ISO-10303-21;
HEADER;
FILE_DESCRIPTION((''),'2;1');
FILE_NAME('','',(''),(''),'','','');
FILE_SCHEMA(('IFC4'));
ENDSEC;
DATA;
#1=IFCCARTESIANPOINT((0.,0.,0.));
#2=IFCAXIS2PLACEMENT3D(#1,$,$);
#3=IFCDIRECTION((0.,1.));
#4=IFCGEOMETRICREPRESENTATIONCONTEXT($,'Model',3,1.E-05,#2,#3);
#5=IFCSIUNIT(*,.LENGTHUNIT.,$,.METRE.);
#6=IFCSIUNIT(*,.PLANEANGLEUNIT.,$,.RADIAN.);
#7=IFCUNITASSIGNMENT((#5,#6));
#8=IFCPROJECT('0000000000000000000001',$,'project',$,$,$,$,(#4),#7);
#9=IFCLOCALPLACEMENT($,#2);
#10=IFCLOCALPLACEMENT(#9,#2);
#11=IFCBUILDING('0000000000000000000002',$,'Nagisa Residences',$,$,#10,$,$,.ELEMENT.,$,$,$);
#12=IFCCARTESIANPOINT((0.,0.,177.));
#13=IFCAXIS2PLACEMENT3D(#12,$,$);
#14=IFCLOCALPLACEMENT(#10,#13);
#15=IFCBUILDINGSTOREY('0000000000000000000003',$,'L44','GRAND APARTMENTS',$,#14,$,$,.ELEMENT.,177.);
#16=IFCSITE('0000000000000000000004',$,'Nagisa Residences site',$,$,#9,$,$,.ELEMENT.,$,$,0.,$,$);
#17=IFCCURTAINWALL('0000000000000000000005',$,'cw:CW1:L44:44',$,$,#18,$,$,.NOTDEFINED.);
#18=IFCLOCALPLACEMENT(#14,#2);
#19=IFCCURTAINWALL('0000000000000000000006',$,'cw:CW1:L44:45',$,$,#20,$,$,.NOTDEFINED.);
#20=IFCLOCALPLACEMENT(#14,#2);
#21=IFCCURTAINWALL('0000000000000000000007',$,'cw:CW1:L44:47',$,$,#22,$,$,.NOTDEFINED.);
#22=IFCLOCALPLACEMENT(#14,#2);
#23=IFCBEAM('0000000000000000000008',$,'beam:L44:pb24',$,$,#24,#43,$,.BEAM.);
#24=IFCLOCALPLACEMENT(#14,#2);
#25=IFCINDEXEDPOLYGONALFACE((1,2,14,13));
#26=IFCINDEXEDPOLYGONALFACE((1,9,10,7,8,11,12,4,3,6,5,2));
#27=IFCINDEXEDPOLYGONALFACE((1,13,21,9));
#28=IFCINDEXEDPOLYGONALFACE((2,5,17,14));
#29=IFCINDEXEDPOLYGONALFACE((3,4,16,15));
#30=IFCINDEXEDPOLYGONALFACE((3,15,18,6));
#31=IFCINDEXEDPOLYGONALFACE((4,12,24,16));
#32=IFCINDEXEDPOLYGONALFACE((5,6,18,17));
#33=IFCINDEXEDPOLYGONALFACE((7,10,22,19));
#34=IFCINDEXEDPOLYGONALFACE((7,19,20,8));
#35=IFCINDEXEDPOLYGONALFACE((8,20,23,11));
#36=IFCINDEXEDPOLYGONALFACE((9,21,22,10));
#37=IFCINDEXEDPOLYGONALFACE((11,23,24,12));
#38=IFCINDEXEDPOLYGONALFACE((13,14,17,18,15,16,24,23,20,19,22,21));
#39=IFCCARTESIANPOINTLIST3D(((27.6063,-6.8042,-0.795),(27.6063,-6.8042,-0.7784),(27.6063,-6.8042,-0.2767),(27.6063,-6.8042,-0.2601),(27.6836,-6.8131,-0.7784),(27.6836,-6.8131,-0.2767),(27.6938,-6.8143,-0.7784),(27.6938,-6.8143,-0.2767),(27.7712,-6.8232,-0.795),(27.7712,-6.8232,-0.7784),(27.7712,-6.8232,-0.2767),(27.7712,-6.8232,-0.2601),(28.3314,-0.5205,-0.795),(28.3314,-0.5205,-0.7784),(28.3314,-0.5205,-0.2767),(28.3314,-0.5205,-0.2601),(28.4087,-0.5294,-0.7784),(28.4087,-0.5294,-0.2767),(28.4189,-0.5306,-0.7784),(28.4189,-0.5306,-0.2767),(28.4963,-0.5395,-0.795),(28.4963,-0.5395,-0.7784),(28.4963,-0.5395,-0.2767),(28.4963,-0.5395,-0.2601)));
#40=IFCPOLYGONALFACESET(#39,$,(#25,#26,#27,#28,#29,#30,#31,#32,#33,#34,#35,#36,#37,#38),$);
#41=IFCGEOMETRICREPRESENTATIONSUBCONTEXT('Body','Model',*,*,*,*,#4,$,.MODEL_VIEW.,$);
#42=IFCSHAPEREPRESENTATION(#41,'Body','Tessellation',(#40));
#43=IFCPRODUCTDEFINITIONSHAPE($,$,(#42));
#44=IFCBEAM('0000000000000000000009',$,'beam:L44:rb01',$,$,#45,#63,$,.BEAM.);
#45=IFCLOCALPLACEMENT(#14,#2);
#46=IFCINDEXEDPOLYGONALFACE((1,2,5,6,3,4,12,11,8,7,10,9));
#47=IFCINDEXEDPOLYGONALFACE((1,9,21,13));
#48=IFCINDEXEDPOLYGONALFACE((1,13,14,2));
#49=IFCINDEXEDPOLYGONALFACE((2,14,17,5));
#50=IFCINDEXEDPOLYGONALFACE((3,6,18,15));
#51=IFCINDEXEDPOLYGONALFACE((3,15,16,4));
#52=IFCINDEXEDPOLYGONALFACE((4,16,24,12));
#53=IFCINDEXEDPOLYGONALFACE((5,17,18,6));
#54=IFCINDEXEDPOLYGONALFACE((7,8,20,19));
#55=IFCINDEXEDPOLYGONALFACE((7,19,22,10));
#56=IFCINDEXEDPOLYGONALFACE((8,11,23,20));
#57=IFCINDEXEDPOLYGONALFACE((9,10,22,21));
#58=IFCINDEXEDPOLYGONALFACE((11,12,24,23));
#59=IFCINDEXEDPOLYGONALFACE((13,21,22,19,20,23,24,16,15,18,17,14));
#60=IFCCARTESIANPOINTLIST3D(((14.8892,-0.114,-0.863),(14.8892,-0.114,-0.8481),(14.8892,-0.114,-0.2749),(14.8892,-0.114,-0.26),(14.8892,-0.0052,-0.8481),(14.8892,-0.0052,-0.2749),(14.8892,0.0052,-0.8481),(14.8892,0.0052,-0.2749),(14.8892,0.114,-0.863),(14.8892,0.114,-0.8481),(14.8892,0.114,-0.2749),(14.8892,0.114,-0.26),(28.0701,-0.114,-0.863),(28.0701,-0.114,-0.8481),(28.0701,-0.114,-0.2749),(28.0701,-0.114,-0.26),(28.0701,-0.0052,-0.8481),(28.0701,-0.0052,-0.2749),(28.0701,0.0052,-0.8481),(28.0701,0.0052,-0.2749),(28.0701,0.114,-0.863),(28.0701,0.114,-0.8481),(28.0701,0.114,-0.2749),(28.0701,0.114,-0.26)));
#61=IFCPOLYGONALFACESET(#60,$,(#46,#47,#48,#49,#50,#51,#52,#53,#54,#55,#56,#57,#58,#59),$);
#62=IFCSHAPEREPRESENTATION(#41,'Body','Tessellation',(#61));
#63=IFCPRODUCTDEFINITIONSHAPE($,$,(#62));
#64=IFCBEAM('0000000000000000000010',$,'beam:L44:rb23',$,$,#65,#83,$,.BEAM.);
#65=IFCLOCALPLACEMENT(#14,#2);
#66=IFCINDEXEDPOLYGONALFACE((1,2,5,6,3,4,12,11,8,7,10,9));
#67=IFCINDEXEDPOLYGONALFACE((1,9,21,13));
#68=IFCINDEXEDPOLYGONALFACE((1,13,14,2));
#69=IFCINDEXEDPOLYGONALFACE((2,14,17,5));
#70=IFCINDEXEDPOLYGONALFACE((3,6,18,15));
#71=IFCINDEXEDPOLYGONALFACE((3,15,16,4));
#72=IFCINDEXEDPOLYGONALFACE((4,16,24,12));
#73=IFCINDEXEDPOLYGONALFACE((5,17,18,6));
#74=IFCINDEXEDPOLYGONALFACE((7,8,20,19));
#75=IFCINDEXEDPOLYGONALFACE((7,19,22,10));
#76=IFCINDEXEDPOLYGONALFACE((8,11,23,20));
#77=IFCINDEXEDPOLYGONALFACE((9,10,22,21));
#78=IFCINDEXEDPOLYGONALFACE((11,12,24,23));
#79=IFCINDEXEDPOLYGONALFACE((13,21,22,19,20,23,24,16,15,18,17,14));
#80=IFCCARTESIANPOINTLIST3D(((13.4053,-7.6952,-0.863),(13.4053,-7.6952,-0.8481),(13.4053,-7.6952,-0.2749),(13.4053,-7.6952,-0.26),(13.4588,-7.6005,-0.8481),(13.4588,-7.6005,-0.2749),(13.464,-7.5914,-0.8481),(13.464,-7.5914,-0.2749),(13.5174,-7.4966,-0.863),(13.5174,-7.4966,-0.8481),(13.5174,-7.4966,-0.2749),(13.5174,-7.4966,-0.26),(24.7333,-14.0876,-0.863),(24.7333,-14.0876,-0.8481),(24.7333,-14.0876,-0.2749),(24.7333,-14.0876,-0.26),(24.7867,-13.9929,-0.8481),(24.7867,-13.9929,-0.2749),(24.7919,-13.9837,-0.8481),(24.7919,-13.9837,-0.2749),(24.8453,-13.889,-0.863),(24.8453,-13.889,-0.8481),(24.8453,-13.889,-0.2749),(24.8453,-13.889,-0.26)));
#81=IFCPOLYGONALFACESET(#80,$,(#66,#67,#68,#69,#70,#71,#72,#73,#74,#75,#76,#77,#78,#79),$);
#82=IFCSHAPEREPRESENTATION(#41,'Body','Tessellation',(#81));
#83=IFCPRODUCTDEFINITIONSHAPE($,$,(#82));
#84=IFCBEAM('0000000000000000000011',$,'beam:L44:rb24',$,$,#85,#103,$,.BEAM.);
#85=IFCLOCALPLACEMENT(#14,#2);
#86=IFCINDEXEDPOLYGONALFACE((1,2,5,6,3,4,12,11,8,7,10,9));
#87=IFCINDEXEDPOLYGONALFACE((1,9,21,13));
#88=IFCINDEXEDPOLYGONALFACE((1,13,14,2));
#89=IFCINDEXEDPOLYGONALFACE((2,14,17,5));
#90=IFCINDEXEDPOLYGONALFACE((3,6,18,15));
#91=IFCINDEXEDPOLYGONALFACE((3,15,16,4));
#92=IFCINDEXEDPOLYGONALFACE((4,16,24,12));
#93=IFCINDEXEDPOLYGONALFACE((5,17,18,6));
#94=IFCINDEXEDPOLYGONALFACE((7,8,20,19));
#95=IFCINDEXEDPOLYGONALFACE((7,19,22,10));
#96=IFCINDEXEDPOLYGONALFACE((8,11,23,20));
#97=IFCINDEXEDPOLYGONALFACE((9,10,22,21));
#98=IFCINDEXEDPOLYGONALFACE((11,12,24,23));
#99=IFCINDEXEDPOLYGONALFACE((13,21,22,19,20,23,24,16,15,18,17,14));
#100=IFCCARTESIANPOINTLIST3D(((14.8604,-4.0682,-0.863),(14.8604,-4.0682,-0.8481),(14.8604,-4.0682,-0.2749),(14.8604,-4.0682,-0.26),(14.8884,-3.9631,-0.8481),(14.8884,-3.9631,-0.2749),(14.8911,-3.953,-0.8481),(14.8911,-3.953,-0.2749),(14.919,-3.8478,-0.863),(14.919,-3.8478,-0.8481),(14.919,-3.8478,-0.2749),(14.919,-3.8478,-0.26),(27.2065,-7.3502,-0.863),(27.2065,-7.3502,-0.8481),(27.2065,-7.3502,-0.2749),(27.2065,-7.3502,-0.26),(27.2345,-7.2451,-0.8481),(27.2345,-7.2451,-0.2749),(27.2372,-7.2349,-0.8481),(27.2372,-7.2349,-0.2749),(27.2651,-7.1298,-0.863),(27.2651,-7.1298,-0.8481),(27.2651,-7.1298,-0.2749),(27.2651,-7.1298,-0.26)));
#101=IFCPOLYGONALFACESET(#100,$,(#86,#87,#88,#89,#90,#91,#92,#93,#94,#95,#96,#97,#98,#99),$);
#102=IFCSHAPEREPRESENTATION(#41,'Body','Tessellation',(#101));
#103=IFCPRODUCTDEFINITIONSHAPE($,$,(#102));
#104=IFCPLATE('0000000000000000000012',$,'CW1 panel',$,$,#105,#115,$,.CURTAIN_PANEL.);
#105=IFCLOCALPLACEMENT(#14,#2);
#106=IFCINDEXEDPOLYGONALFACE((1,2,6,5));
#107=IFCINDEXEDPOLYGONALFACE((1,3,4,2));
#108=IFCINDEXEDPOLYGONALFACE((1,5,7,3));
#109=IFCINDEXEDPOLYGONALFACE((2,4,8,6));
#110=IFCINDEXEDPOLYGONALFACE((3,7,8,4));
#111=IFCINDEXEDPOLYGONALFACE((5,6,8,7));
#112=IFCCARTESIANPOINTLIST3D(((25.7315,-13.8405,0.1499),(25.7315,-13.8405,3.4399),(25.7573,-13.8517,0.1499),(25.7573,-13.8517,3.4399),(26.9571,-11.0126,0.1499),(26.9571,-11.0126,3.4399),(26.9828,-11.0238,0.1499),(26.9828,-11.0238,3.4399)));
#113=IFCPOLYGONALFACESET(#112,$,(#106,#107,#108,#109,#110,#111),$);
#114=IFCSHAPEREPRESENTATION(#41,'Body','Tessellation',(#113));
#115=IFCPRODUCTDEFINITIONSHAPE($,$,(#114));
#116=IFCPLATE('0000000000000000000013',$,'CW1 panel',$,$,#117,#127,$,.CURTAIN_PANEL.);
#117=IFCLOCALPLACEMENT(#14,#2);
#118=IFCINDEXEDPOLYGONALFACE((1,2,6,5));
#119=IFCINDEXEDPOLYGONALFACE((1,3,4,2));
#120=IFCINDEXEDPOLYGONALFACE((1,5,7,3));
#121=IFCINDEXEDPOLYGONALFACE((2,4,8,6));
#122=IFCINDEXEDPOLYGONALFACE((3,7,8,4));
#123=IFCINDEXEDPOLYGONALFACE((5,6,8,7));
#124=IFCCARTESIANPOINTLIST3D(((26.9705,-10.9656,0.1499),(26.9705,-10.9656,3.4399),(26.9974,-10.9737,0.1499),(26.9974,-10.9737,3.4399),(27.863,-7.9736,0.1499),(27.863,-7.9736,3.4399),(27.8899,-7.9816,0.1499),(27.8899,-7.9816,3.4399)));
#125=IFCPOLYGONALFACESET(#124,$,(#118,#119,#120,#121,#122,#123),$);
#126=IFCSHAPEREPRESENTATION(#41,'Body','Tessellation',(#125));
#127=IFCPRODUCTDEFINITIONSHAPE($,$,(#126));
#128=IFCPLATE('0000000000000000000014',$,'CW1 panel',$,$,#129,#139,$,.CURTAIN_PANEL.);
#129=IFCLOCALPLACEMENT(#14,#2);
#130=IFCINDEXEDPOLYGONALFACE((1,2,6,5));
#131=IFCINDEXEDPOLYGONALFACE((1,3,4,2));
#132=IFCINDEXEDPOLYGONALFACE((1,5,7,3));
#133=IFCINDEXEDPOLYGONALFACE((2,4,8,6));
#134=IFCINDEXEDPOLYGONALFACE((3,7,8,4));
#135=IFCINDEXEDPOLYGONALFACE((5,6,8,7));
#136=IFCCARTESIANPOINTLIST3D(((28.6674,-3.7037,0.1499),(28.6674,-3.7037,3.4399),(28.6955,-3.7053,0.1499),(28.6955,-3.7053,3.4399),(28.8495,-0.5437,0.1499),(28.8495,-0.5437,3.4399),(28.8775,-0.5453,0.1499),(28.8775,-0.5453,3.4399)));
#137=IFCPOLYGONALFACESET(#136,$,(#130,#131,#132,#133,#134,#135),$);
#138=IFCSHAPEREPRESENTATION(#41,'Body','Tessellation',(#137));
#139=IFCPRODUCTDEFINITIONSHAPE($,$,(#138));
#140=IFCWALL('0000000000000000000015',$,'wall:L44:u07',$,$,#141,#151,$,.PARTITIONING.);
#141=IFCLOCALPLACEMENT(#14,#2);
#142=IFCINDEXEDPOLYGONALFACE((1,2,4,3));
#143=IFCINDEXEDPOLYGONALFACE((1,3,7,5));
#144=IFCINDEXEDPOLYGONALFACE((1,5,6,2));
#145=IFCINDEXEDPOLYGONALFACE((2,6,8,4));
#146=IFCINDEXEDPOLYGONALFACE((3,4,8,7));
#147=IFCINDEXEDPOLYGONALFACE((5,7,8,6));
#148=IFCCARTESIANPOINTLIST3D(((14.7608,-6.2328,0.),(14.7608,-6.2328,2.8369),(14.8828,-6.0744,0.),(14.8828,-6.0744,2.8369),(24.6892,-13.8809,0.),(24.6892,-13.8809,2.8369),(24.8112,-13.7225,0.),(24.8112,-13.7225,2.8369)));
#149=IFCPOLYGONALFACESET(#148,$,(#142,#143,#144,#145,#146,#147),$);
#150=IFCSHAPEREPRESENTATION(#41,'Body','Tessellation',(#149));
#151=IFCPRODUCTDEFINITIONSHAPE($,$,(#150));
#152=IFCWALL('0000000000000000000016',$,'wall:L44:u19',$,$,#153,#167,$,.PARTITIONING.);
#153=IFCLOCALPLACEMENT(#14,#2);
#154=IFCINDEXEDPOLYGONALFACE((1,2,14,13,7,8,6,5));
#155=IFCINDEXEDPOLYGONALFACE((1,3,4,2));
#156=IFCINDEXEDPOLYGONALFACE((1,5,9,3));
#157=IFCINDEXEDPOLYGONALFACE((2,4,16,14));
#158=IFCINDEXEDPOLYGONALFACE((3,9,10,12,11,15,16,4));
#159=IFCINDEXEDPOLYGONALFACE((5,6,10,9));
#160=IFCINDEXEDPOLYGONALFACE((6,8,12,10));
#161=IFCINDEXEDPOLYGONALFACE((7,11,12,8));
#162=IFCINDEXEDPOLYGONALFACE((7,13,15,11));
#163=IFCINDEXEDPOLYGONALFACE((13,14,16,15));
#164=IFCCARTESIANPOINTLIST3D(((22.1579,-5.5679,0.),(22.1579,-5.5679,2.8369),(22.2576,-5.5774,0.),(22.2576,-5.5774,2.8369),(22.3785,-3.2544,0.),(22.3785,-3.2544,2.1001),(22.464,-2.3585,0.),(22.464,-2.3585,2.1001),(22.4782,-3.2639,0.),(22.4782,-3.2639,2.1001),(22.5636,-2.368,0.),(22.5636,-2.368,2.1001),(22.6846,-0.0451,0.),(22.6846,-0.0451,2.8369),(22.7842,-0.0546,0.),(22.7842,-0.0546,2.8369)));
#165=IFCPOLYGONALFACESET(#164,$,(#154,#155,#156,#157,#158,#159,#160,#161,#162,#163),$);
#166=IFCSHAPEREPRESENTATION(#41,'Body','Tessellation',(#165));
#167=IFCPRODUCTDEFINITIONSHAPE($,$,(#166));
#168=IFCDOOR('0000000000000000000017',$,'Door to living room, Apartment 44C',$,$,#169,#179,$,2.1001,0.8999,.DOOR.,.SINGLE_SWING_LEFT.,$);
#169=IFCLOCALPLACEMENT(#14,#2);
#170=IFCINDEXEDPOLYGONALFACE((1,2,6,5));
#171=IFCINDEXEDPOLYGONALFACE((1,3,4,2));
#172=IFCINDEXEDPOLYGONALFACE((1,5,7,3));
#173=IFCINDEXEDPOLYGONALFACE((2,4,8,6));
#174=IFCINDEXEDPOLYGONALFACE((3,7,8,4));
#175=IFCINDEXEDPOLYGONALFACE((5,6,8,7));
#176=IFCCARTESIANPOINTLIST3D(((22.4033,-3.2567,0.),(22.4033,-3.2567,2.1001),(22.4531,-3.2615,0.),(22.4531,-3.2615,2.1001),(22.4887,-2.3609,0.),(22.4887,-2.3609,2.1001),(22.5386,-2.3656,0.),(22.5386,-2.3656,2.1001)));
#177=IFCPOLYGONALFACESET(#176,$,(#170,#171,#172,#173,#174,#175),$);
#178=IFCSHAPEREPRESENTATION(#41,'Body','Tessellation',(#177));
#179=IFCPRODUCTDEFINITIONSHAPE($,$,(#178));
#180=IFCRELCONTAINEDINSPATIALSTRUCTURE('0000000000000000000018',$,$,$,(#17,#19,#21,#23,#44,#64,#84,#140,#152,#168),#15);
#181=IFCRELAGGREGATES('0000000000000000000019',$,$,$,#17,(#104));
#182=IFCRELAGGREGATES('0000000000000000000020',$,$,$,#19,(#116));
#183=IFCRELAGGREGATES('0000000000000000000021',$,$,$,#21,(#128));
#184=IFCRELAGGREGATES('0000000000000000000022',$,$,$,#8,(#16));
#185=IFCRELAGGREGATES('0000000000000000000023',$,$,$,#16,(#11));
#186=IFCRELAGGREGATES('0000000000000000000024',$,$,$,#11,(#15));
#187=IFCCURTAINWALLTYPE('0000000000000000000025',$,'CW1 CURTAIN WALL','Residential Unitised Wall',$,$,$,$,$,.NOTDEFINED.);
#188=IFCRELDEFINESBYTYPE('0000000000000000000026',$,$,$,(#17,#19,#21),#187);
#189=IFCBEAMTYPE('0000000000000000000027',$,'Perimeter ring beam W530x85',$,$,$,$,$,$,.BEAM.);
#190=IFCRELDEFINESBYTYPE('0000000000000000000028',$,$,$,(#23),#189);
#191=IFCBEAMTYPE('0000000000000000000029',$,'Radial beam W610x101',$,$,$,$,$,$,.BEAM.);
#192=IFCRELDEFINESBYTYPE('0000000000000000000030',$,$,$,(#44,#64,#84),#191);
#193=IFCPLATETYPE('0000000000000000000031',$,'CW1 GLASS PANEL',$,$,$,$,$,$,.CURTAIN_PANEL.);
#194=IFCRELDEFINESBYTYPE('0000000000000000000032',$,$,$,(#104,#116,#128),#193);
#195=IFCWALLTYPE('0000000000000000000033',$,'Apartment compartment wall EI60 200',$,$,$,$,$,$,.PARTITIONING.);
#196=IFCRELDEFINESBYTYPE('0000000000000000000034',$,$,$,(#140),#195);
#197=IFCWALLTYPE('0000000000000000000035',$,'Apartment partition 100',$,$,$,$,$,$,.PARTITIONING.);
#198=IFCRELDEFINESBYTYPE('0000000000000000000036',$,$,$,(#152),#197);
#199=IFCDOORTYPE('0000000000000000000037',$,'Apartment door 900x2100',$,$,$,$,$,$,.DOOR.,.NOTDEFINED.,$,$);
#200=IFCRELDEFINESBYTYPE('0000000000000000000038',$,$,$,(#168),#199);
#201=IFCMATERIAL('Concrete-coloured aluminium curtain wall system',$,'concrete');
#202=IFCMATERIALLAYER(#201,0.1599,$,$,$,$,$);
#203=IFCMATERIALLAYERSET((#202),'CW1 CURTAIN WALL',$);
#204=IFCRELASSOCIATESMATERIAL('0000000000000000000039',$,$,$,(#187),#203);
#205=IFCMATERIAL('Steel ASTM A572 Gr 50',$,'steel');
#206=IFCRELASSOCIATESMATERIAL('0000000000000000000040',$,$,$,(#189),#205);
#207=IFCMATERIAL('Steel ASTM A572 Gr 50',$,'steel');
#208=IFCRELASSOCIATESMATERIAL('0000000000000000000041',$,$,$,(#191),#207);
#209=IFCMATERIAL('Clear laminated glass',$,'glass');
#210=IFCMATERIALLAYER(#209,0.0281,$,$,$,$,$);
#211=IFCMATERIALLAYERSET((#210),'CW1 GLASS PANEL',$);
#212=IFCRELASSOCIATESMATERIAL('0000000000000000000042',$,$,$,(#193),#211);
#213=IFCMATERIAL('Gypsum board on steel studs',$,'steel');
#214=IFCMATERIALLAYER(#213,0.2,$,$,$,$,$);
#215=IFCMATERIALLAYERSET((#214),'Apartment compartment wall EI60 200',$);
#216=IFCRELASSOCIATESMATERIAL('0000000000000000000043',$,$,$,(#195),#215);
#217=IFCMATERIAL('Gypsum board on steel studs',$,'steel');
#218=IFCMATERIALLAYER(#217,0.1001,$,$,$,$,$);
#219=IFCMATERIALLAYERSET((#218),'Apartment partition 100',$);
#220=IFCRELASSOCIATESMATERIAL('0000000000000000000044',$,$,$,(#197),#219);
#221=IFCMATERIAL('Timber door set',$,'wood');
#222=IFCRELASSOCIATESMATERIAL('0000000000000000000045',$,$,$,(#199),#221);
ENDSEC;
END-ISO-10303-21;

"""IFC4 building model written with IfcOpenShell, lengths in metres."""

from ifc_helpers import new_model, si_unit, direction, frame, frame_2d, origin, origin_2d, place, context, subcontext, project, spatial, rectangle, i_section, extrude, material, layer, layer_set, material_profile, profile_set, type_object, element, fill, aggregate, save


model = new_model("IFC4")

# Units and contexts
model_context = context("Model", 3, precision=1e-05, world=origin(), true_north=direction((0.0, 1.0)))
body_context = subcontext(model_context, "Body", "Model", "MODEL_VIEW")
ifc_project = project(units=[si_unit("LENGTHUNIT", "METRE"), si_unit("PLANEANGLEUNIT", "RADIAN")], contexts=[model_context])

# Site, building, storey
site_placement = place(None, origin())
site = spatial("IfcSite", under=ifc_project, at=site_placement, Name="Nagisa Residences site", CompositionType="ELEMENT", RefElevation=0.0)
building_placement = place(site_placement, origin())
building = spatial("IfcBuilding", under=site, at=building_placement, Name="Nagisa Residences", CompositionType="ELEMENT")
storey_placement = place(building_placement, frame((0.0, 0.0, 177.0)))
storey = spatial("IfcBuildingStorey", under=building, at=storey_placement, Name="L44", Description="GRAND APARTMENTS", CompositionType="ELEMENT", Elevation=177.0)

# Curtain walls
ifc_material_1 = material(Name="Concrete-coloured aluminium curtain wall system", Category="concrete")
ifc_layer_1 = layer(ifc_material_1, 0.1599)
ifc_layer_set_1 = layer_set([ifc_layer_1], Name="CW1 CURTAIN WALL")
curtain_wall_type = type_object("IfcCurtainWallType", Name="CW1 CURTAIN WALL", Description="Residential Unitised Wall", PredefinedType="NOTDEFINED", material=ifc_layer_set_1)
curtain_wall_1_placement = place(storey_placement, origin())
curtain_wall_1 = element("IfcCurtainWall", 1, at=curtain_wall_1_placement, inside=storey, type_object=curtain_wall_type, Name="cw:CW1:L44:44", PredefinedType="NOTDEFINED")
curtain_wall_2_placement = place(storey_placement, origin())
curtain_wall_2 = element("IfcCurtainWall", 2, at=curtain_wall_2_placement, inside=storey, type_object=curtain_wall_type, Name="cw:CW1:L44:45", PredefinedType="NOTDEFINED")
curtain_wall_3_placement = place(storey_placement, origin())
curtain_wall_3 = element("IfcCurtainWall", 3, at=curtain_wall_3_placement, inside=storey, type_object=curtain_wall_type, Name="cw:CW1:L44:47", PredefinedType="NOTDEFINED")

# Beams
ifc_material_2 = material(Name="Steel ASTM A572 Gr 50", Category="steel")
ifc_material_profile_1 = material_profile(ifc_material_2, i_section(OverallWidth=0.166, OverallDepth=0.5349, WebThickness=0.0103, FlangeThickness=0.0166, at=origin_2d()), Name="W530x85")
ifc_profile_set_1 = profile_set([ifc_material_profile_1], Name="Steel ASTM A572 Gr 50")
beam_type_1 = type_object("IfcBeamType", Name="Perimeter ring beam W530x85", PredefinedType="BEAM", material=ifc_profile_set_1)
beam_1_placement = place(storey_placement, frame((27.6887, -6.8137, -0.5276), z_axis=(0.114633, 0.993408, 0.0), x_axis=(-0.993408, 0.114633, 0.0)))
element("IfcBeam", 4, at=beam_1_placement, inside=storey, type_object=beam_type_1, Name="beam:L44:pb24", PredefinedType="BEAM", context=body_context, shape_type="SweptSolid", body=[
    extrude(i_section(OverallWidth=0.166, OverallDepth=0.5349, WebThickness=0.0103, FlangeThickness=0.0166, at=origin_2d()), origin(), (0.0, 0.0, 1.0), 6.3254),
])
ifc_material_3 = material(Name="Steel ASTM A572 Gr 50", Category="steel")
ifc_material_profile_2 = material_profile(ifc_material_3, i_section(OverallWidth=0.228, OverallDepth=0.603, WebThickness=0.0105, FlangeThickness=0.0149, at=origin_2d()), Name="W610x101")
ifc_profile_set_2 = profile_set([ifc_material_profile_2], Name="Steel ASTM A572 Gr 50")
beam_type_2 = type_object("IfcBeamType", Name="Radial beam W610x101", PredefinedType="BEAM", material=ifc_profile_set_2)
beam_2_placement = place(storey_placement, frame((28.0701, 0.0, -0.5615), z_axis=(-1.0, 0.0, 0.0), x_axis=(0.0, -1.0, 0.0)))
element("IfcBeam", 5, at=beam_2_placement, inside=storey, type_object=beam_type_2, Name="beam:L44:rb01", PredefinedType="BEAM", context=body_context, shape_type="SweptSolid", body=[
    extrude(i_section(OverallWidth=0.228, OverallDepth=0.603, WebThickness=0.0105, FlangeThickness=0.0149, at=origin_2d()), origin(), (0.0, 0.0, 1.0), 13.1809),
])
beam_3_placement = place(storey_placement, frame((24.7893, -13.9883, -0.5615), z_axis=(-0.870905, 0.491452, 0.0), x_axis=(-0.491452, -0.870905, 0.0)))
element("IfcBeam", 6, at=beam_3_placement, inside=storey, type_object=beam_type_2, Name="beam:L44:rb23", PredefinedType="BEAM", context=body_context, shape_type="SweptSolid", body=[
    extrude(i_section(OverallWidth=0.228, OverallDepth=0.603, WebThickness=0.0105, FlangeThickness=0.0149, at=origin_2d()), origin(), (0.0, 0.0, 1.0), 13.0071),
])
beam_4_placement = place(storey_placement, frame((27.2358, -7.24, -0.5615), z_axis=(-0.966436, 0.256907, 0.0), x_axis=(-0.256907, -0.966436, 0.0)))
element("IfcBeam", 7, at=beam_4_placement, inside=storey, type_object=beam_type_2, Name="beam:L44:rb24", PredefinedType="BEAM", context=body_context, shape_type="SweptSolid", body=[
    extrude(i_section(OverallWidth=0.228, OverallDepth=0.603, WebThickness=0.0105, FlangeThickness=0.0149, at=origin_2d()), origin(), (0.0, 0.0, 1.0), 12.7749),
])

# Plates
ifc_material_4 = material(Name="Clear laminated glass", Category="glass")
ifc_layer_2 = layer(ifc_material_4, 0.0281)
ifc_layer_set_2 = layer_set([ifc_layer_2], Name="CW1 GLASS PANEL")
plate_type = type_object("IfcPlateType", Name="CW1 GLASS PANEL", PredefinedType="CURTAIN_PANEL", material=ifc_layer_set_2)
plate_1_placement = place(storey_placement, frame((26.3572, -12.4321, 0.1499), z_axis=(0.0, 0.0, 1.0), x_axis=(0.397636, 0.917543, 0.0)))
plate_1 = element("IfcPlate", 8, at=plate_1_placement, type_object=plate_type, Name="CW1 panel", PredefinedType="CURTAIN_PANEL", context=body_context, shape_type="SweptSolid", body=[
    extrude(rectangle(XDim=3.082, YDim=0.0281, at=origin_2d()), origin(), (0.0, 0.0, 1.0), 3.29),
])
aggregate(curtain_wall_1, [plate_1])
plate_2_placement = place(storey_placement, frame((27.4302, -9.4736, 0.1499), z_axis=(0.0, 0.0, 1.0), x_axis=(0.28586, 0.958271, 0.0)))
plate_2 = element("IfcPlate", 9, at=plate_2_placement, type_object=plate_type, Name="CW1 panel", PredefinedType="CURTAIN_PANEL", context=body_context, shape_type="SweptSolid", body=[
    extrude(rectangle(XDim=3.1223, YDim=0.0281, at=origin_2d()), origin(), (0.0, 0.0, 1.0), 3.29),
])
aggregate(curtain_wall_2, [plate_2])
plate_3_placement = place(storey_placement, frame((28.7725, -2.1245, 0.1499), z_axis=(0.0, 0.0, 1.0), x_axis=(0.057503, 0.998345, 0.0)))
plate_3 = element("IfcPlate", 10, at=plate_3_placement, type_object=plate_type, Name="CW1 panel", PredefinedType="CURTAIN_PANEL", context=body_context, shape_type="SweptSolid", body=[
    extrude(rectangle(XDim=3.1653, YDim=0.0281, at=origin_2d()), origin(), (0.0, 0.0, 1.0), 3.29),
])
aggregate(curtain_wall_3, [plate_3])

# Wall
ifc_material_5 = material(Name="Gypsum board on steel studs", Category="steel")
ifc_layer_3 = layer(ifc_material_5, 0.2)
ifc_layer_set_3 = layer_set([ifc_layer_3], Name="Apartment compartment wall EI60 200")
wall_type_1 = type_object("IfcWallType", Name="Apartment compartment wall EI60 200", PredefinedType="PARTITIONING", material=ifc_layer_set_3)
wall_1_placement = place(storey_placement, frame((14.8218, -6.1536, 0.0), z_axis=(0.0, 0.0, 1.0), x_axis=(0.792203, -0.610258, 0.0)))
element("IfcWall", 11, at=wall_1_placement, inside=storey, type_object=wall_type_1, Name="wall:L44:u07", PredefinedType="PARTITIONING", context=body_context, shape_type="SweptSolid", body=[
    extrude(rectangle(XDim=12.5327, YDim=0.2, at=frame_2d((6.2664, 0.0))), origin(), (0.0, 0.0, 1.0), 2.8369),
])

# Wall, opening, door
ifc_material_6 = material(Name="Gypsum board on steel studs", Category="steel")
ifc_layer_4 = layer(ifc_material_6, 0.1001)
ifc_layer_set_4 = layer_set([ifc_layer_4], Name="Apartment partition 100")
wall_type_2 = type_object("IfcWallType", Name="Apartment partition 100", PredefinedType="PARTITIONING", material=ifc_layer_set_4)
wall_2_placement = place(storey_placement, frame((22.7344, -0.0498, 0.0), z_axis=(0.0, 0.0, 1.0), x_axis=(-0.094923, -0.995485, 0.0)))
wall_2 = element("IfcWall", 12, at=wall_2_placement, inside=storey, type_object=wall_type_2, Name="wall:L44:u19", PredefinedType="PARTITIONING", context=body_context, shape_type="SweptSolid", body=[
    extrude(rectangle(XDim=5.5479, YDim=0.1001, at=frame_2d((2.7739, 0.0))), origin(), (0.0, 0.0, 1.0), 2.8369),
])
opening_1_placement = place(wall_2_placement, frame((2.324, 0.0, 0.0)))
opening_1 = element("IfcOpeningElement", 13, at=opening_1_placement, cuts=wall_2, PredefinedType="OPENING", context=body_context, shape_type="SweptSolid", body=[
    extrude(rectangle(XDim=0.8999, YDim=2.1001, at=frame_2d((0.45, 1.05))), frame((0.0, 0.0601, 0.0), z_axis=(0.0, -1.0, 0.0), x_axis=(1.0, 0.0, 0.0)), (0.0, 0.0, 1.0), 0.1201),
])
ifc_material_7 = material(Name="Timber door set", Category="wood")
door_type_1 = type_object("IfcDoorType", Name="Apartment door 900x2100", OperationType="NOTDEFINED", PredefinedType="DOOR", material=ifc_material_7)
door_1_placement = place(opening_1_placement, origin())
door_1 = element("IfcDoor", 14, at=door_1_placement, inside=storey, type_object=door_type_1, Name="Door to living room, Apartment 44C", OperationType="SINGLE_SWING_LEFT", OverallHeight=2.1001, OverallWidth=0.8999, PredefinedType="DOOR", context=body_context, shape_type="SweptSolid", body=[
    extrude(rectangle(XDim=0.8999, YDim=2.1001, at=frame_2d((0.45, 1.05))), frame((0.0, 0.0249, 0.0), z_axis=(0.0, -1.0, 0.0), x_axis=(1.0, 0.0, 0.0)), (0.0, 0.0, 1.0), 0.05),
])
fill(opening_1, door_1)

save(model, "model.ifc")
